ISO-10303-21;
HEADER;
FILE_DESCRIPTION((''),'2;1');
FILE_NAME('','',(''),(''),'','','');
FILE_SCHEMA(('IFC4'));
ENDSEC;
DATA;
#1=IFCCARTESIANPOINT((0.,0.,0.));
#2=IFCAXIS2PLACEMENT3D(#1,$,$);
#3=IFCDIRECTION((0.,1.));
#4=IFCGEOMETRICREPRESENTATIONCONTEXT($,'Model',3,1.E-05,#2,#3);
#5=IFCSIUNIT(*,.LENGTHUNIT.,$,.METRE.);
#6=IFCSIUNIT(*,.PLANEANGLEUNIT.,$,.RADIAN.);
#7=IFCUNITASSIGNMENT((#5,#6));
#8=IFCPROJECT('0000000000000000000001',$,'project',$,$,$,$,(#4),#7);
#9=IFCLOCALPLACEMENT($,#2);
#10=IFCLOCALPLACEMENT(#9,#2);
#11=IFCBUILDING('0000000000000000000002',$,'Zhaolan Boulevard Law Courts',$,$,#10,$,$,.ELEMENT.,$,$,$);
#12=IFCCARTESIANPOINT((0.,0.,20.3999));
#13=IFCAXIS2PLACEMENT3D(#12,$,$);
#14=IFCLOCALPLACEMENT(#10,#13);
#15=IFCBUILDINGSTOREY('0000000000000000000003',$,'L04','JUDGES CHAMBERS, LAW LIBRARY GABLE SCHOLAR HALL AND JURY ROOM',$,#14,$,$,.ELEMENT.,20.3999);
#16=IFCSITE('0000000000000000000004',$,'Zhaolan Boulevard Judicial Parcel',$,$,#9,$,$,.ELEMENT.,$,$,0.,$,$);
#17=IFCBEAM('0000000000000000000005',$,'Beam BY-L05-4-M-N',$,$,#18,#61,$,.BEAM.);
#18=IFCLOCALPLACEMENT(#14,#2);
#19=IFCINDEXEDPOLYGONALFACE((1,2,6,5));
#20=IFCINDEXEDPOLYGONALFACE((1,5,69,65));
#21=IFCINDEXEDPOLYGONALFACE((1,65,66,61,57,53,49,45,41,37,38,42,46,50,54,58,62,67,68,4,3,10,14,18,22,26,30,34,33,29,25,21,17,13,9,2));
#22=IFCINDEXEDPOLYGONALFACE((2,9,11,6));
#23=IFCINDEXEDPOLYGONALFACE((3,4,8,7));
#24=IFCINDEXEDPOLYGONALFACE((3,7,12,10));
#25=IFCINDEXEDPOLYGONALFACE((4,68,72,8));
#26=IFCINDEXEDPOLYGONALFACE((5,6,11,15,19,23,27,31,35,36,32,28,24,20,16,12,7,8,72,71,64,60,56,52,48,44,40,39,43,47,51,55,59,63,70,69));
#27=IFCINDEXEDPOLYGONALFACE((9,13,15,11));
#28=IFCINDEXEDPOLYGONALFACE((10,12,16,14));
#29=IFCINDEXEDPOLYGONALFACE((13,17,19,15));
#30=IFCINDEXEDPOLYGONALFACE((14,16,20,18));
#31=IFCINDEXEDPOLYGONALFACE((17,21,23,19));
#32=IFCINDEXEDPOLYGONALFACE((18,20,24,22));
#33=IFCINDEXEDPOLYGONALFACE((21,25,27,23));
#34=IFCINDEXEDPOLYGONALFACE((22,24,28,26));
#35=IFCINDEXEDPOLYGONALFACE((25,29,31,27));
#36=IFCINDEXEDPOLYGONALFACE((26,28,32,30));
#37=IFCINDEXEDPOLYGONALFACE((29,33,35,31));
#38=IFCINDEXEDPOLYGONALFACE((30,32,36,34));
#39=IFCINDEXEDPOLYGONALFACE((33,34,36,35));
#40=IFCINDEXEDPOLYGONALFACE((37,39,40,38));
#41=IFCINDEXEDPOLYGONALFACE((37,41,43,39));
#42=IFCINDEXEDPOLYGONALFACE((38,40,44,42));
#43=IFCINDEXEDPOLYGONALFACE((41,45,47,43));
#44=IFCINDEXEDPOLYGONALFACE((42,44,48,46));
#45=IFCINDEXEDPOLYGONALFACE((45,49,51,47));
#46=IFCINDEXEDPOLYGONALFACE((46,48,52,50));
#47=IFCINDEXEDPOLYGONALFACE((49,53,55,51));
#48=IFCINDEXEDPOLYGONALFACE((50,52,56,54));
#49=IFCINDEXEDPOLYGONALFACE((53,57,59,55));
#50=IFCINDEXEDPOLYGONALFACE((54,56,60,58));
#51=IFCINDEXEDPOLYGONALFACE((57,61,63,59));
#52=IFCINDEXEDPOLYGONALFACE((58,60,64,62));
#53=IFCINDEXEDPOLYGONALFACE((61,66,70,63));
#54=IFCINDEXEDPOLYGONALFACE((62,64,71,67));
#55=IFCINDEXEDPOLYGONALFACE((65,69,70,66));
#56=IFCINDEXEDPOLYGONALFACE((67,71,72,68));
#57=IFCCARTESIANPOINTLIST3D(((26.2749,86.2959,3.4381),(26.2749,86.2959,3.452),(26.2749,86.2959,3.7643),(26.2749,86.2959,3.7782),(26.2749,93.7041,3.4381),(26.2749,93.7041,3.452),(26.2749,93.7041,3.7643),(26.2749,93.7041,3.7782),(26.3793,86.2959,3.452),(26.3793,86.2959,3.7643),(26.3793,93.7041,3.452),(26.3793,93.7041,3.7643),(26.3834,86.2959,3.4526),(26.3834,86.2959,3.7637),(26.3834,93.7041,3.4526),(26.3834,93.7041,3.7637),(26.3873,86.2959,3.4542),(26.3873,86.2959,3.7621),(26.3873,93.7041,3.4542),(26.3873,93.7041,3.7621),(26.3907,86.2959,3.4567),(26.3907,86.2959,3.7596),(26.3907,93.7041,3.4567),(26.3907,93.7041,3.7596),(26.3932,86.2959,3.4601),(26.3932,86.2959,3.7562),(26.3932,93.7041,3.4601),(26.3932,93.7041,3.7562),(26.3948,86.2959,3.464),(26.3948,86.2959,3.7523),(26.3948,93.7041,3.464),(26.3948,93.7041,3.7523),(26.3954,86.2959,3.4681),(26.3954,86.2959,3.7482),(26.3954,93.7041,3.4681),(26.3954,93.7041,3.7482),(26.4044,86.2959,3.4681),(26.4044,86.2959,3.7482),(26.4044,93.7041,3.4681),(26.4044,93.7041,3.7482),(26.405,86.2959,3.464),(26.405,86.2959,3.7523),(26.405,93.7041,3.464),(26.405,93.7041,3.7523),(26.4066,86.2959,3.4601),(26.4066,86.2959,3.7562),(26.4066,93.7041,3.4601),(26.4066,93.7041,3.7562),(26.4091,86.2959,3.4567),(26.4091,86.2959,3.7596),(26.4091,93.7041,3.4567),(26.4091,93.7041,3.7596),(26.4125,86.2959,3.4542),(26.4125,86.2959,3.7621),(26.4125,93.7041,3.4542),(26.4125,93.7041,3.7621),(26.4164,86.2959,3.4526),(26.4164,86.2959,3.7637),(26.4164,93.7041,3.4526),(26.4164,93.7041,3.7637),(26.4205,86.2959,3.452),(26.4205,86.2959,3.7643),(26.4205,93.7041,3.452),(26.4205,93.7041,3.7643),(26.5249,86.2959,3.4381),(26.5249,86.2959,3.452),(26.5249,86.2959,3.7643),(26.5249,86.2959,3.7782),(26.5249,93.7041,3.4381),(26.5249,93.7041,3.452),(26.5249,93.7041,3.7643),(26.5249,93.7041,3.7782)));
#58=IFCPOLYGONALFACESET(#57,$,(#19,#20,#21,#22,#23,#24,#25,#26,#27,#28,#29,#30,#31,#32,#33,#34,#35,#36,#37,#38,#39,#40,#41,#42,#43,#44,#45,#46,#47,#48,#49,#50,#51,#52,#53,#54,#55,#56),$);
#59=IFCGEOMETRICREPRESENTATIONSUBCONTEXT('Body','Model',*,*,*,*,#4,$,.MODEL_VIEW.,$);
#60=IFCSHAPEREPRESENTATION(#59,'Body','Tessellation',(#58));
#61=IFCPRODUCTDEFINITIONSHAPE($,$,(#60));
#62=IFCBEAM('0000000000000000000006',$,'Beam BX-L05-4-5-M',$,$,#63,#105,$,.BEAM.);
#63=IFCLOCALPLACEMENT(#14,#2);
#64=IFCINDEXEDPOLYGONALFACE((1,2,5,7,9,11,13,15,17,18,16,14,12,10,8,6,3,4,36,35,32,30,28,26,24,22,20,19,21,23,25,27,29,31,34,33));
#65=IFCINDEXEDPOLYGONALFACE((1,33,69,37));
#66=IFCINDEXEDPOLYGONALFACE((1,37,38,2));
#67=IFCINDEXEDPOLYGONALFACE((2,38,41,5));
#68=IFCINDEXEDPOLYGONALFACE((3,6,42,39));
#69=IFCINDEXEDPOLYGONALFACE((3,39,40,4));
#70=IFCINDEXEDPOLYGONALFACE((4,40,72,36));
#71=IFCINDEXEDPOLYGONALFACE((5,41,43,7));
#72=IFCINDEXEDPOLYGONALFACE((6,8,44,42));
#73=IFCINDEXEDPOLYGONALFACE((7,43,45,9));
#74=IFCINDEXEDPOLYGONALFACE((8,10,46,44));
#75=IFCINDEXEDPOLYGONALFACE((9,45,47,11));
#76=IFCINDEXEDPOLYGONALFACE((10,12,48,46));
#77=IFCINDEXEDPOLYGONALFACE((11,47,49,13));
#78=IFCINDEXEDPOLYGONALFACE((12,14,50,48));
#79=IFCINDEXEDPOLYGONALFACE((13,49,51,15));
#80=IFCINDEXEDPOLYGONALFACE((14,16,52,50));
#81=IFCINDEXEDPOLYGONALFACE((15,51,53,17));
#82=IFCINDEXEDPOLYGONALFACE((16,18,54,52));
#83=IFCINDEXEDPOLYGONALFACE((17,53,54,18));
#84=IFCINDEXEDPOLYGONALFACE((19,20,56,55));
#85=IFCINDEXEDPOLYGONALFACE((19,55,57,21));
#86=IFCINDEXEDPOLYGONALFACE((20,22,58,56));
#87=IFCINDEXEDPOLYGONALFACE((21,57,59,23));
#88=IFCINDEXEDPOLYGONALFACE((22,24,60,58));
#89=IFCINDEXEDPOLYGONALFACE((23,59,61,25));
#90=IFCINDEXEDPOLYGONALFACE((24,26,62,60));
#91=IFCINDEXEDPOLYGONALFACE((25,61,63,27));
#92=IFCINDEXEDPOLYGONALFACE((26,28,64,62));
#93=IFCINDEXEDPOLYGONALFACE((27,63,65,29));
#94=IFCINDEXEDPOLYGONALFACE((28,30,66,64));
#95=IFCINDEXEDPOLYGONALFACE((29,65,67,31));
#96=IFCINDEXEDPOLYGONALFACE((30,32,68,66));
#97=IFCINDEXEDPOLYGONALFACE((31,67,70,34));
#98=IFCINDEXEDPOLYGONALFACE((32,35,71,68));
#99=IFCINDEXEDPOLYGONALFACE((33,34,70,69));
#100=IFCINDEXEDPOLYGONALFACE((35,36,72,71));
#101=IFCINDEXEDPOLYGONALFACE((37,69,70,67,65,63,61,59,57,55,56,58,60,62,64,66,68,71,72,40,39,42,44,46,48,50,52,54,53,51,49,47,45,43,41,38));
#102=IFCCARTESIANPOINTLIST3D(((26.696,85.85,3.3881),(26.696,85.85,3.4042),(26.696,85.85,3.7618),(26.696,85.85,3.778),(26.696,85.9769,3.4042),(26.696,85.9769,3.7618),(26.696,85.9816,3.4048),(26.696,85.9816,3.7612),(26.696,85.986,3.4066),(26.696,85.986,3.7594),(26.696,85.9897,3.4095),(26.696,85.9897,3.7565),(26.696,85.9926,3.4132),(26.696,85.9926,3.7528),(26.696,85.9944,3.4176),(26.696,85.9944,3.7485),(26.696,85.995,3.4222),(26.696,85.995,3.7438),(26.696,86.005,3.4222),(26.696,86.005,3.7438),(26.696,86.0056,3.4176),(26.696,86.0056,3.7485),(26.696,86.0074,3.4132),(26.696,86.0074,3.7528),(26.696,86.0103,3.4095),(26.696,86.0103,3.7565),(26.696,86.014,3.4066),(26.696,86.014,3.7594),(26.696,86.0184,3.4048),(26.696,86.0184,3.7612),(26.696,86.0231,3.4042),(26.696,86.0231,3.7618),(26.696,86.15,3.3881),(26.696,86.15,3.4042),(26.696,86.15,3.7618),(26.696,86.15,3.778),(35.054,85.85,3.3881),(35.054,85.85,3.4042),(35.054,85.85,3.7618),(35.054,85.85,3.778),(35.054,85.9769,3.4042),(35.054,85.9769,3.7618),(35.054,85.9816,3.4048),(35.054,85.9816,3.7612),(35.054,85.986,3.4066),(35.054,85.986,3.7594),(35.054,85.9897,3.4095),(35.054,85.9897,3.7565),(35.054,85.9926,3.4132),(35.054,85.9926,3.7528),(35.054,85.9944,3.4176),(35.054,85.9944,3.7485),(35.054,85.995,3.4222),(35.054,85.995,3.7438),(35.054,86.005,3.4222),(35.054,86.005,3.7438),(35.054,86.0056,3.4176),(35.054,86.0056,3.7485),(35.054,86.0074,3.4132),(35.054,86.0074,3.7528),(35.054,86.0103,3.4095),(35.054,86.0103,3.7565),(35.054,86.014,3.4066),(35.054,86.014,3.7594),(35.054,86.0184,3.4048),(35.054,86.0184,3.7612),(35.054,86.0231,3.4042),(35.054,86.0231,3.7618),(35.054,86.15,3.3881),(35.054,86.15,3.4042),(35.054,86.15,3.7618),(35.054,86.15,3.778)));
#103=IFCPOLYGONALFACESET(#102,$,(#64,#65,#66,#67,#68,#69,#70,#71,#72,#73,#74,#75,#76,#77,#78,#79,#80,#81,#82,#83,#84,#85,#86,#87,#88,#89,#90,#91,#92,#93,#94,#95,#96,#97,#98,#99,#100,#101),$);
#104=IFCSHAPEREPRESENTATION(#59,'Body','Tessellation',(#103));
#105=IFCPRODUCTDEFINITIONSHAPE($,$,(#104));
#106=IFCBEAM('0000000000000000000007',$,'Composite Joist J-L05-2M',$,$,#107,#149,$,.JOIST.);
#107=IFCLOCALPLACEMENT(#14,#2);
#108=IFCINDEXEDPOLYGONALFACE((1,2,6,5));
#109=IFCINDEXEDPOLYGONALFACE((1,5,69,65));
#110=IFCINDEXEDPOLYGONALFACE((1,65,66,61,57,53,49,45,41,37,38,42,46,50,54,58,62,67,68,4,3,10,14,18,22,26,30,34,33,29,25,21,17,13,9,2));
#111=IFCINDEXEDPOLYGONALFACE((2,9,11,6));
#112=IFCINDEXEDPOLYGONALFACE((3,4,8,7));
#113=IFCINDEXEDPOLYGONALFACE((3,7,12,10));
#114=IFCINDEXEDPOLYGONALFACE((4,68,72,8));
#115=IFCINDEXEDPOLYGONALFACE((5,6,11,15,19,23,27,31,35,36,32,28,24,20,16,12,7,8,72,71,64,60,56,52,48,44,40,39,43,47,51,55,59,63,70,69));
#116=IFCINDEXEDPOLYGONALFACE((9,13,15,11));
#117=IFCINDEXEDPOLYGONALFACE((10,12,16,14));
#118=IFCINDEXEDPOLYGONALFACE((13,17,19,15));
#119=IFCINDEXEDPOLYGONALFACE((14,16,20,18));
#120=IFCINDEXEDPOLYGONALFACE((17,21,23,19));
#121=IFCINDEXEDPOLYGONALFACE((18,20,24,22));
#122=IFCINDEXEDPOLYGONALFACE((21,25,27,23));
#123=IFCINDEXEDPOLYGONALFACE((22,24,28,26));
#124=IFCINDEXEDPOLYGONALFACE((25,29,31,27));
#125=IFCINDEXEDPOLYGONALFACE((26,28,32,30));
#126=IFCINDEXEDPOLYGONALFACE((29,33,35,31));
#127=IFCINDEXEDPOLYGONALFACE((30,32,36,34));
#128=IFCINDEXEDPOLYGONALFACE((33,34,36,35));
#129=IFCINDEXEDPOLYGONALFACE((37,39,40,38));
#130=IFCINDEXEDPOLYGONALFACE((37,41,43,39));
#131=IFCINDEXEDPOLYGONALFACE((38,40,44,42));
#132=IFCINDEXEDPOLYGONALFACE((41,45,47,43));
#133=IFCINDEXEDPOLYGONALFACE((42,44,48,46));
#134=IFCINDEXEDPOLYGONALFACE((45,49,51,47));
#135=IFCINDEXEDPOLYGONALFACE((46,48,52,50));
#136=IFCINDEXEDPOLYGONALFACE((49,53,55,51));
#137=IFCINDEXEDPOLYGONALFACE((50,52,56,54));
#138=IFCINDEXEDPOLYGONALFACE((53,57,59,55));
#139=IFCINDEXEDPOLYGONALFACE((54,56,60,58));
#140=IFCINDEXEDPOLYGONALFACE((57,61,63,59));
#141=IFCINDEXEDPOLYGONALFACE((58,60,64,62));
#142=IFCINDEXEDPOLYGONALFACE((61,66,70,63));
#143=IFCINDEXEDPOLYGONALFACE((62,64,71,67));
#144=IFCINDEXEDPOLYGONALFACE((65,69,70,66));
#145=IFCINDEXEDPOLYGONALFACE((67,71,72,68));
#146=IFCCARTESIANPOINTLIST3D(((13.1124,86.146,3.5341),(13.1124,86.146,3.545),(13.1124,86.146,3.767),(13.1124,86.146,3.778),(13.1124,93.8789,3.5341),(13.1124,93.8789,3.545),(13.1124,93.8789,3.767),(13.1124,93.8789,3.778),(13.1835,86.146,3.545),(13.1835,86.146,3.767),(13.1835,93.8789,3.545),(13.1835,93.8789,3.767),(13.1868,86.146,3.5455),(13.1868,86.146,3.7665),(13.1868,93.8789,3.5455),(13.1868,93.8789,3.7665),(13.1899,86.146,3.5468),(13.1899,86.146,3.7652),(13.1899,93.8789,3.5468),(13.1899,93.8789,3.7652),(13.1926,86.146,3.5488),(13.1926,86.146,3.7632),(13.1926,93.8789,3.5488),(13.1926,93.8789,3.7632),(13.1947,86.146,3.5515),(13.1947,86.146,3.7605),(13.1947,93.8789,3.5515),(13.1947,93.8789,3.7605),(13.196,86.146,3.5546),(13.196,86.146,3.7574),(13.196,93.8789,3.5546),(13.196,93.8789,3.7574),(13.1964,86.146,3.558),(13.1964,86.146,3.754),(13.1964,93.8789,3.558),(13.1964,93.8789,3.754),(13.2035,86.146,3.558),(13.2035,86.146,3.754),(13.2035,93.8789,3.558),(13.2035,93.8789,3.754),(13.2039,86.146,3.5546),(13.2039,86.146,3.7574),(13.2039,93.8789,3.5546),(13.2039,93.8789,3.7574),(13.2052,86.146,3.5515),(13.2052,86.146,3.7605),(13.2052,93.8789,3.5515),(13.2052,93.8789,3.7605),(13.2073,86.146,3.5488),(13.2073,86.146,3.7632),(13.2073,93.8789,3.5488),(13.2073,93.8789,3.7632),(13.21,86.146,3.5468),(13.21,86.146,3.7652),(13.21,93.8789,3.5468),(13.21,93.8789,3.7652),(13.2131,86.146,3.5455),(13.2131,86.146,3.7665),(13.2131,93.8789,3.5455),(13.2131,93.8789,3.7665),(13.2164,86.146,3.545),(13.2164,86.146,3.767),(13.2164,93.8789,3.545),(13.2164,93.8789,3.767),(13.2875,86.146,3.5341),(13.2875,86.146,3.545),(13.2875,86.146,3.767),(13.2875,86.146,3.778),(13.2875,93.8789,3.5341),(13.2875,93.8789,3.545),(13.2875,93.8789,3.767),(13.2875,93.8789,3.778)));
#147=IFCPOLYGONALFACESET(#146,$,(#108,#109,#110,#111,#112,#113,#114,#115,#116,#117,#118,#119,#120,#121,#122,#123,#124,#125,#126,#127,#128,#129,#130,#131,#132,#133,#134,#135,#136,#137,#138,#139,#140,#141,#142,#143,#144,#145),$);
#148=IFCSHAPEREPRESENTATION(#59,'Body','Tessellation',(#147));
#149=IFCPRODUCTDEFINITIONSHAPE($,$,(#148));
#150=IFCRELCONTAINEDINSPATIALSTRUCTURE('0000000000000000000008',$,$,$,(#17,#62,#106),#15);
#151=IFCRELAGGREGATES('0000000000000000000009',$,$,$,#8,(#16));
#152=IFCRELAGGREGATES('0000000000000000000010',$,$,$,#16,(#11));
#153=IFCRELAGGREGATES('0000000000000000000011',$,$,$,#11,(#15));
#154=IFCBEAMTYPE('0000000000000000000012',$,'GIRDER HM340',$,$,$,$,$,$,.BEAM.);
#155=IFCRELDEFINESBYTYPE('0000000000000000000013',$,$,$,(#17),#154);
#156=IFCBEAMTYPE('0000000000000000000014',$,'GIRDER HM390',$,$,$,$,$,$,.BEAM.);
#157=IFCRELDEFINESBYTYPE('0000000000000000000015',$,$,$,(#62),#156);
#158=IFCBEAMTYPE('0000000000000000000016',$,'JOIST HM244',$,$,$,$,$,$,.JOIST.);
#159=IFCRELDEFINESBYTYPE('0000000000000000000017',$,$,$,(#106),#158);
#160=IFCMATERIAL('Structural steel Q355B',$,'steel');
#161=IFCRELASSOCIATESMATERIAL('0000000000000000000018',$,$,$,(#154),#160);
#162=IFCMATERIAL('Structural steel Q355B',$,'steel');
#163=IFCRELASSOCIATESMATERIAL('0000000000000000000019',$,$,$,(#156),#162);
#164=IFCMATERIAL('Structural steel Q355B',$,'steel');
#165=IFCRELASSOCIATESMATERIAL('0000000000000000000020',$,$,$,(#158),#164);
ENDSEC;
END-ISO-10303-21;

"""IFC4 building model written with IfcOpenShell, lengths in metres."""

from ifc_helpers import new_model, si_unit, direction, frame, origin, origin_2d, place, context, subcontext, project, spatial, i_section, extrude, material, material_profile, profile_set, type_object, element, save


model = new_model("IFC4")

# Units and contexts
model_context = context("Model", 3, precision=1e-05, world=origin(), true_north=direction((0.0, 1.0)))
body_context = subcontext(model_context, "Body", "Model", "MODEL_VIEW")
ifc_project = project(units=[si_unit("LENGTHUNIT", "METRE"), si_unit("PLANEANGLEUNIT", "RADIAN")], contexts=[model_context])

# Site, building, storey
site_placement = place(None, origin())
site = spatial("IfcSite", under=ifc_project, at=site_placement, Name="Zhaolan Boulevard Judicial Parcel", CompositionType="ELEMENT", RefElevation=0.0)
building_placement = place(site_placement, origin())
building = spatial("IfcBuilding", under=site, at=building_placement, Name="Zhaolan Boulevard Law Courts", CompositionType="ELEMENT")
storey_placement = place(building_placement, frame((0.0, 0.0, 20.3999)))
storey = spatial("IfcBuildingStorey", under=building, at=storey_placement, Name="L04", Description="JUDGES CHAMBERS, LAW LIBRARY GABLE SCHOLAR HALL AND JURY ROOM", CompositionType="ELEMENT", Elevation=20.3999)

# Beams
ifc_material_1 = material(Name="Structural steel Q355B", Category="steel")
ifc_material_profile_1 = material_profile(ifc_material_1, i_section(OverallWidth=0.25, OverallDepth=0.3401, WebThickness=0.009, FlangeThickness=0.0139, FilletRadius=0.0161, at=origin_2d()), Name="HM340x250")
ifc_profile_set_1 = profile_set([ifc_material_profile_1], Name="Structural steel Q355B")
beam_type_1 = type_object("IfcBeamType", Name="GIRDER HM340", PredefinedType="BEAM", material=ifc_profile_set_1)
for number, where, z_axis, x_axis, name in (
    (1, (26.3999, 86.2959, 3.6082), (0.0, 1.0, 0.0), (-1.0, 0.0, 0.0), "Beam BY-L05-4-M-N"),
):
    element("IfcBeam", number, at=place(storey_placement, frame(where, z_axis=z_axis, x_axis=x_axis)), inside=storey, type_object=beam_type_1, Name=name, PredefinedType="BEAM", context=body_context, shape_type="SweptSolid", body=[
        extrude(i_section(OverallWidth=0.25, OverallDepth=0.3401, WebThickness=0.009, FlangeThickness=0.0139, FilletRadius=0.0161, at=origin_2d()), origin(), (0.0, 0.0, 1.0), 7.4082),
    ])
ifc_material_2 = material(Name="Structural steel Q355B", Category="steel")
ifc_material_profile_2 = material_profile(ifc_material_2, i_section(OverallWidth=0.3, OverallDepth=0.3899, WebThickness=0.01, FlangeThickness=0.0161, FilletRadius=0.0181, at=origin_2d()), Name="HM390x300")
ifc_profile_set_2 = profile_set([ifc_material_profile_2], Name="Structural steel Q355B")
beam_type_2 = type_object("IfcBeamType", Name="GIRDER HM390", PredefinedType="BEAM", material=ifc_profile_set_2)
beam_1_placement = place(storey_placement, frame((26.696, 86.0, 3.583), z_axis=(1.0, 0.0, 0.0), x_axis=(0.0, 1.0, 0.0)))
element("IfcBeam", 2, at=beam_1_placement, inside=storey, type_object=beam_type_2, Name="Beam BX-L05-4-5-M", PredefinedType="BEAM", context=body_context, shape_type="SweptSolid", body=[
    extrude(i_section(OverallWidth=0.3, OverallDepth=0.3899, WebThickness=0.01, FlangeThickness=0.0161, FilletRadius=0.0181, at=origin_2d()), origin(), (0.0, 0.0, 1.0), 8.3579),
])
ifc_material_3 = material(Name="Structural steel Q355B", Category="steel")
ifc_material_profile_3 = material_profile(ifc_material_3, i_section(OverallWidth=0.175, OverallDepth=0.2439, WebThickness=0.0071, FlangeThickness=0.011, FilletRadius=0.0129, at=origin_2d()), Name="HM244x175")
ifc_profile_set_3 = profile_set([ifc_material_profile_3], Name="Structural steel Q355B")
beam_type_3 = type_object("IfcBeamType", Name="JOIST HM244", PredefinedType="JOIST", material=ifc_profile_set_3)
beam_2_placement = place(storey_placement, frame((13.2, 86.146, 3.656), z_axis=(0.0, 1.0, 0.0), x_axis=(-1.0, 0.0, 0.0)))
element("IfcBeam", 3, at=beam_2_placement, inside=storey, type_object=beam_type_3, Name="Composite Joist J-L05-2M", PredefinedType="JOIST", context=body_context, shape_type="SweptSolid", body=[
    extrude(i_section(OverallWidth=0.175, OverallDepth=0.2439, WebThickness=0.0071, FlangeThickness=0.011, FilletRadius=0.0129, at=origin_2d()), origin(), (0.0, 0.0, 1.0), 7.7329),
])

save(model, "model.ifc")
